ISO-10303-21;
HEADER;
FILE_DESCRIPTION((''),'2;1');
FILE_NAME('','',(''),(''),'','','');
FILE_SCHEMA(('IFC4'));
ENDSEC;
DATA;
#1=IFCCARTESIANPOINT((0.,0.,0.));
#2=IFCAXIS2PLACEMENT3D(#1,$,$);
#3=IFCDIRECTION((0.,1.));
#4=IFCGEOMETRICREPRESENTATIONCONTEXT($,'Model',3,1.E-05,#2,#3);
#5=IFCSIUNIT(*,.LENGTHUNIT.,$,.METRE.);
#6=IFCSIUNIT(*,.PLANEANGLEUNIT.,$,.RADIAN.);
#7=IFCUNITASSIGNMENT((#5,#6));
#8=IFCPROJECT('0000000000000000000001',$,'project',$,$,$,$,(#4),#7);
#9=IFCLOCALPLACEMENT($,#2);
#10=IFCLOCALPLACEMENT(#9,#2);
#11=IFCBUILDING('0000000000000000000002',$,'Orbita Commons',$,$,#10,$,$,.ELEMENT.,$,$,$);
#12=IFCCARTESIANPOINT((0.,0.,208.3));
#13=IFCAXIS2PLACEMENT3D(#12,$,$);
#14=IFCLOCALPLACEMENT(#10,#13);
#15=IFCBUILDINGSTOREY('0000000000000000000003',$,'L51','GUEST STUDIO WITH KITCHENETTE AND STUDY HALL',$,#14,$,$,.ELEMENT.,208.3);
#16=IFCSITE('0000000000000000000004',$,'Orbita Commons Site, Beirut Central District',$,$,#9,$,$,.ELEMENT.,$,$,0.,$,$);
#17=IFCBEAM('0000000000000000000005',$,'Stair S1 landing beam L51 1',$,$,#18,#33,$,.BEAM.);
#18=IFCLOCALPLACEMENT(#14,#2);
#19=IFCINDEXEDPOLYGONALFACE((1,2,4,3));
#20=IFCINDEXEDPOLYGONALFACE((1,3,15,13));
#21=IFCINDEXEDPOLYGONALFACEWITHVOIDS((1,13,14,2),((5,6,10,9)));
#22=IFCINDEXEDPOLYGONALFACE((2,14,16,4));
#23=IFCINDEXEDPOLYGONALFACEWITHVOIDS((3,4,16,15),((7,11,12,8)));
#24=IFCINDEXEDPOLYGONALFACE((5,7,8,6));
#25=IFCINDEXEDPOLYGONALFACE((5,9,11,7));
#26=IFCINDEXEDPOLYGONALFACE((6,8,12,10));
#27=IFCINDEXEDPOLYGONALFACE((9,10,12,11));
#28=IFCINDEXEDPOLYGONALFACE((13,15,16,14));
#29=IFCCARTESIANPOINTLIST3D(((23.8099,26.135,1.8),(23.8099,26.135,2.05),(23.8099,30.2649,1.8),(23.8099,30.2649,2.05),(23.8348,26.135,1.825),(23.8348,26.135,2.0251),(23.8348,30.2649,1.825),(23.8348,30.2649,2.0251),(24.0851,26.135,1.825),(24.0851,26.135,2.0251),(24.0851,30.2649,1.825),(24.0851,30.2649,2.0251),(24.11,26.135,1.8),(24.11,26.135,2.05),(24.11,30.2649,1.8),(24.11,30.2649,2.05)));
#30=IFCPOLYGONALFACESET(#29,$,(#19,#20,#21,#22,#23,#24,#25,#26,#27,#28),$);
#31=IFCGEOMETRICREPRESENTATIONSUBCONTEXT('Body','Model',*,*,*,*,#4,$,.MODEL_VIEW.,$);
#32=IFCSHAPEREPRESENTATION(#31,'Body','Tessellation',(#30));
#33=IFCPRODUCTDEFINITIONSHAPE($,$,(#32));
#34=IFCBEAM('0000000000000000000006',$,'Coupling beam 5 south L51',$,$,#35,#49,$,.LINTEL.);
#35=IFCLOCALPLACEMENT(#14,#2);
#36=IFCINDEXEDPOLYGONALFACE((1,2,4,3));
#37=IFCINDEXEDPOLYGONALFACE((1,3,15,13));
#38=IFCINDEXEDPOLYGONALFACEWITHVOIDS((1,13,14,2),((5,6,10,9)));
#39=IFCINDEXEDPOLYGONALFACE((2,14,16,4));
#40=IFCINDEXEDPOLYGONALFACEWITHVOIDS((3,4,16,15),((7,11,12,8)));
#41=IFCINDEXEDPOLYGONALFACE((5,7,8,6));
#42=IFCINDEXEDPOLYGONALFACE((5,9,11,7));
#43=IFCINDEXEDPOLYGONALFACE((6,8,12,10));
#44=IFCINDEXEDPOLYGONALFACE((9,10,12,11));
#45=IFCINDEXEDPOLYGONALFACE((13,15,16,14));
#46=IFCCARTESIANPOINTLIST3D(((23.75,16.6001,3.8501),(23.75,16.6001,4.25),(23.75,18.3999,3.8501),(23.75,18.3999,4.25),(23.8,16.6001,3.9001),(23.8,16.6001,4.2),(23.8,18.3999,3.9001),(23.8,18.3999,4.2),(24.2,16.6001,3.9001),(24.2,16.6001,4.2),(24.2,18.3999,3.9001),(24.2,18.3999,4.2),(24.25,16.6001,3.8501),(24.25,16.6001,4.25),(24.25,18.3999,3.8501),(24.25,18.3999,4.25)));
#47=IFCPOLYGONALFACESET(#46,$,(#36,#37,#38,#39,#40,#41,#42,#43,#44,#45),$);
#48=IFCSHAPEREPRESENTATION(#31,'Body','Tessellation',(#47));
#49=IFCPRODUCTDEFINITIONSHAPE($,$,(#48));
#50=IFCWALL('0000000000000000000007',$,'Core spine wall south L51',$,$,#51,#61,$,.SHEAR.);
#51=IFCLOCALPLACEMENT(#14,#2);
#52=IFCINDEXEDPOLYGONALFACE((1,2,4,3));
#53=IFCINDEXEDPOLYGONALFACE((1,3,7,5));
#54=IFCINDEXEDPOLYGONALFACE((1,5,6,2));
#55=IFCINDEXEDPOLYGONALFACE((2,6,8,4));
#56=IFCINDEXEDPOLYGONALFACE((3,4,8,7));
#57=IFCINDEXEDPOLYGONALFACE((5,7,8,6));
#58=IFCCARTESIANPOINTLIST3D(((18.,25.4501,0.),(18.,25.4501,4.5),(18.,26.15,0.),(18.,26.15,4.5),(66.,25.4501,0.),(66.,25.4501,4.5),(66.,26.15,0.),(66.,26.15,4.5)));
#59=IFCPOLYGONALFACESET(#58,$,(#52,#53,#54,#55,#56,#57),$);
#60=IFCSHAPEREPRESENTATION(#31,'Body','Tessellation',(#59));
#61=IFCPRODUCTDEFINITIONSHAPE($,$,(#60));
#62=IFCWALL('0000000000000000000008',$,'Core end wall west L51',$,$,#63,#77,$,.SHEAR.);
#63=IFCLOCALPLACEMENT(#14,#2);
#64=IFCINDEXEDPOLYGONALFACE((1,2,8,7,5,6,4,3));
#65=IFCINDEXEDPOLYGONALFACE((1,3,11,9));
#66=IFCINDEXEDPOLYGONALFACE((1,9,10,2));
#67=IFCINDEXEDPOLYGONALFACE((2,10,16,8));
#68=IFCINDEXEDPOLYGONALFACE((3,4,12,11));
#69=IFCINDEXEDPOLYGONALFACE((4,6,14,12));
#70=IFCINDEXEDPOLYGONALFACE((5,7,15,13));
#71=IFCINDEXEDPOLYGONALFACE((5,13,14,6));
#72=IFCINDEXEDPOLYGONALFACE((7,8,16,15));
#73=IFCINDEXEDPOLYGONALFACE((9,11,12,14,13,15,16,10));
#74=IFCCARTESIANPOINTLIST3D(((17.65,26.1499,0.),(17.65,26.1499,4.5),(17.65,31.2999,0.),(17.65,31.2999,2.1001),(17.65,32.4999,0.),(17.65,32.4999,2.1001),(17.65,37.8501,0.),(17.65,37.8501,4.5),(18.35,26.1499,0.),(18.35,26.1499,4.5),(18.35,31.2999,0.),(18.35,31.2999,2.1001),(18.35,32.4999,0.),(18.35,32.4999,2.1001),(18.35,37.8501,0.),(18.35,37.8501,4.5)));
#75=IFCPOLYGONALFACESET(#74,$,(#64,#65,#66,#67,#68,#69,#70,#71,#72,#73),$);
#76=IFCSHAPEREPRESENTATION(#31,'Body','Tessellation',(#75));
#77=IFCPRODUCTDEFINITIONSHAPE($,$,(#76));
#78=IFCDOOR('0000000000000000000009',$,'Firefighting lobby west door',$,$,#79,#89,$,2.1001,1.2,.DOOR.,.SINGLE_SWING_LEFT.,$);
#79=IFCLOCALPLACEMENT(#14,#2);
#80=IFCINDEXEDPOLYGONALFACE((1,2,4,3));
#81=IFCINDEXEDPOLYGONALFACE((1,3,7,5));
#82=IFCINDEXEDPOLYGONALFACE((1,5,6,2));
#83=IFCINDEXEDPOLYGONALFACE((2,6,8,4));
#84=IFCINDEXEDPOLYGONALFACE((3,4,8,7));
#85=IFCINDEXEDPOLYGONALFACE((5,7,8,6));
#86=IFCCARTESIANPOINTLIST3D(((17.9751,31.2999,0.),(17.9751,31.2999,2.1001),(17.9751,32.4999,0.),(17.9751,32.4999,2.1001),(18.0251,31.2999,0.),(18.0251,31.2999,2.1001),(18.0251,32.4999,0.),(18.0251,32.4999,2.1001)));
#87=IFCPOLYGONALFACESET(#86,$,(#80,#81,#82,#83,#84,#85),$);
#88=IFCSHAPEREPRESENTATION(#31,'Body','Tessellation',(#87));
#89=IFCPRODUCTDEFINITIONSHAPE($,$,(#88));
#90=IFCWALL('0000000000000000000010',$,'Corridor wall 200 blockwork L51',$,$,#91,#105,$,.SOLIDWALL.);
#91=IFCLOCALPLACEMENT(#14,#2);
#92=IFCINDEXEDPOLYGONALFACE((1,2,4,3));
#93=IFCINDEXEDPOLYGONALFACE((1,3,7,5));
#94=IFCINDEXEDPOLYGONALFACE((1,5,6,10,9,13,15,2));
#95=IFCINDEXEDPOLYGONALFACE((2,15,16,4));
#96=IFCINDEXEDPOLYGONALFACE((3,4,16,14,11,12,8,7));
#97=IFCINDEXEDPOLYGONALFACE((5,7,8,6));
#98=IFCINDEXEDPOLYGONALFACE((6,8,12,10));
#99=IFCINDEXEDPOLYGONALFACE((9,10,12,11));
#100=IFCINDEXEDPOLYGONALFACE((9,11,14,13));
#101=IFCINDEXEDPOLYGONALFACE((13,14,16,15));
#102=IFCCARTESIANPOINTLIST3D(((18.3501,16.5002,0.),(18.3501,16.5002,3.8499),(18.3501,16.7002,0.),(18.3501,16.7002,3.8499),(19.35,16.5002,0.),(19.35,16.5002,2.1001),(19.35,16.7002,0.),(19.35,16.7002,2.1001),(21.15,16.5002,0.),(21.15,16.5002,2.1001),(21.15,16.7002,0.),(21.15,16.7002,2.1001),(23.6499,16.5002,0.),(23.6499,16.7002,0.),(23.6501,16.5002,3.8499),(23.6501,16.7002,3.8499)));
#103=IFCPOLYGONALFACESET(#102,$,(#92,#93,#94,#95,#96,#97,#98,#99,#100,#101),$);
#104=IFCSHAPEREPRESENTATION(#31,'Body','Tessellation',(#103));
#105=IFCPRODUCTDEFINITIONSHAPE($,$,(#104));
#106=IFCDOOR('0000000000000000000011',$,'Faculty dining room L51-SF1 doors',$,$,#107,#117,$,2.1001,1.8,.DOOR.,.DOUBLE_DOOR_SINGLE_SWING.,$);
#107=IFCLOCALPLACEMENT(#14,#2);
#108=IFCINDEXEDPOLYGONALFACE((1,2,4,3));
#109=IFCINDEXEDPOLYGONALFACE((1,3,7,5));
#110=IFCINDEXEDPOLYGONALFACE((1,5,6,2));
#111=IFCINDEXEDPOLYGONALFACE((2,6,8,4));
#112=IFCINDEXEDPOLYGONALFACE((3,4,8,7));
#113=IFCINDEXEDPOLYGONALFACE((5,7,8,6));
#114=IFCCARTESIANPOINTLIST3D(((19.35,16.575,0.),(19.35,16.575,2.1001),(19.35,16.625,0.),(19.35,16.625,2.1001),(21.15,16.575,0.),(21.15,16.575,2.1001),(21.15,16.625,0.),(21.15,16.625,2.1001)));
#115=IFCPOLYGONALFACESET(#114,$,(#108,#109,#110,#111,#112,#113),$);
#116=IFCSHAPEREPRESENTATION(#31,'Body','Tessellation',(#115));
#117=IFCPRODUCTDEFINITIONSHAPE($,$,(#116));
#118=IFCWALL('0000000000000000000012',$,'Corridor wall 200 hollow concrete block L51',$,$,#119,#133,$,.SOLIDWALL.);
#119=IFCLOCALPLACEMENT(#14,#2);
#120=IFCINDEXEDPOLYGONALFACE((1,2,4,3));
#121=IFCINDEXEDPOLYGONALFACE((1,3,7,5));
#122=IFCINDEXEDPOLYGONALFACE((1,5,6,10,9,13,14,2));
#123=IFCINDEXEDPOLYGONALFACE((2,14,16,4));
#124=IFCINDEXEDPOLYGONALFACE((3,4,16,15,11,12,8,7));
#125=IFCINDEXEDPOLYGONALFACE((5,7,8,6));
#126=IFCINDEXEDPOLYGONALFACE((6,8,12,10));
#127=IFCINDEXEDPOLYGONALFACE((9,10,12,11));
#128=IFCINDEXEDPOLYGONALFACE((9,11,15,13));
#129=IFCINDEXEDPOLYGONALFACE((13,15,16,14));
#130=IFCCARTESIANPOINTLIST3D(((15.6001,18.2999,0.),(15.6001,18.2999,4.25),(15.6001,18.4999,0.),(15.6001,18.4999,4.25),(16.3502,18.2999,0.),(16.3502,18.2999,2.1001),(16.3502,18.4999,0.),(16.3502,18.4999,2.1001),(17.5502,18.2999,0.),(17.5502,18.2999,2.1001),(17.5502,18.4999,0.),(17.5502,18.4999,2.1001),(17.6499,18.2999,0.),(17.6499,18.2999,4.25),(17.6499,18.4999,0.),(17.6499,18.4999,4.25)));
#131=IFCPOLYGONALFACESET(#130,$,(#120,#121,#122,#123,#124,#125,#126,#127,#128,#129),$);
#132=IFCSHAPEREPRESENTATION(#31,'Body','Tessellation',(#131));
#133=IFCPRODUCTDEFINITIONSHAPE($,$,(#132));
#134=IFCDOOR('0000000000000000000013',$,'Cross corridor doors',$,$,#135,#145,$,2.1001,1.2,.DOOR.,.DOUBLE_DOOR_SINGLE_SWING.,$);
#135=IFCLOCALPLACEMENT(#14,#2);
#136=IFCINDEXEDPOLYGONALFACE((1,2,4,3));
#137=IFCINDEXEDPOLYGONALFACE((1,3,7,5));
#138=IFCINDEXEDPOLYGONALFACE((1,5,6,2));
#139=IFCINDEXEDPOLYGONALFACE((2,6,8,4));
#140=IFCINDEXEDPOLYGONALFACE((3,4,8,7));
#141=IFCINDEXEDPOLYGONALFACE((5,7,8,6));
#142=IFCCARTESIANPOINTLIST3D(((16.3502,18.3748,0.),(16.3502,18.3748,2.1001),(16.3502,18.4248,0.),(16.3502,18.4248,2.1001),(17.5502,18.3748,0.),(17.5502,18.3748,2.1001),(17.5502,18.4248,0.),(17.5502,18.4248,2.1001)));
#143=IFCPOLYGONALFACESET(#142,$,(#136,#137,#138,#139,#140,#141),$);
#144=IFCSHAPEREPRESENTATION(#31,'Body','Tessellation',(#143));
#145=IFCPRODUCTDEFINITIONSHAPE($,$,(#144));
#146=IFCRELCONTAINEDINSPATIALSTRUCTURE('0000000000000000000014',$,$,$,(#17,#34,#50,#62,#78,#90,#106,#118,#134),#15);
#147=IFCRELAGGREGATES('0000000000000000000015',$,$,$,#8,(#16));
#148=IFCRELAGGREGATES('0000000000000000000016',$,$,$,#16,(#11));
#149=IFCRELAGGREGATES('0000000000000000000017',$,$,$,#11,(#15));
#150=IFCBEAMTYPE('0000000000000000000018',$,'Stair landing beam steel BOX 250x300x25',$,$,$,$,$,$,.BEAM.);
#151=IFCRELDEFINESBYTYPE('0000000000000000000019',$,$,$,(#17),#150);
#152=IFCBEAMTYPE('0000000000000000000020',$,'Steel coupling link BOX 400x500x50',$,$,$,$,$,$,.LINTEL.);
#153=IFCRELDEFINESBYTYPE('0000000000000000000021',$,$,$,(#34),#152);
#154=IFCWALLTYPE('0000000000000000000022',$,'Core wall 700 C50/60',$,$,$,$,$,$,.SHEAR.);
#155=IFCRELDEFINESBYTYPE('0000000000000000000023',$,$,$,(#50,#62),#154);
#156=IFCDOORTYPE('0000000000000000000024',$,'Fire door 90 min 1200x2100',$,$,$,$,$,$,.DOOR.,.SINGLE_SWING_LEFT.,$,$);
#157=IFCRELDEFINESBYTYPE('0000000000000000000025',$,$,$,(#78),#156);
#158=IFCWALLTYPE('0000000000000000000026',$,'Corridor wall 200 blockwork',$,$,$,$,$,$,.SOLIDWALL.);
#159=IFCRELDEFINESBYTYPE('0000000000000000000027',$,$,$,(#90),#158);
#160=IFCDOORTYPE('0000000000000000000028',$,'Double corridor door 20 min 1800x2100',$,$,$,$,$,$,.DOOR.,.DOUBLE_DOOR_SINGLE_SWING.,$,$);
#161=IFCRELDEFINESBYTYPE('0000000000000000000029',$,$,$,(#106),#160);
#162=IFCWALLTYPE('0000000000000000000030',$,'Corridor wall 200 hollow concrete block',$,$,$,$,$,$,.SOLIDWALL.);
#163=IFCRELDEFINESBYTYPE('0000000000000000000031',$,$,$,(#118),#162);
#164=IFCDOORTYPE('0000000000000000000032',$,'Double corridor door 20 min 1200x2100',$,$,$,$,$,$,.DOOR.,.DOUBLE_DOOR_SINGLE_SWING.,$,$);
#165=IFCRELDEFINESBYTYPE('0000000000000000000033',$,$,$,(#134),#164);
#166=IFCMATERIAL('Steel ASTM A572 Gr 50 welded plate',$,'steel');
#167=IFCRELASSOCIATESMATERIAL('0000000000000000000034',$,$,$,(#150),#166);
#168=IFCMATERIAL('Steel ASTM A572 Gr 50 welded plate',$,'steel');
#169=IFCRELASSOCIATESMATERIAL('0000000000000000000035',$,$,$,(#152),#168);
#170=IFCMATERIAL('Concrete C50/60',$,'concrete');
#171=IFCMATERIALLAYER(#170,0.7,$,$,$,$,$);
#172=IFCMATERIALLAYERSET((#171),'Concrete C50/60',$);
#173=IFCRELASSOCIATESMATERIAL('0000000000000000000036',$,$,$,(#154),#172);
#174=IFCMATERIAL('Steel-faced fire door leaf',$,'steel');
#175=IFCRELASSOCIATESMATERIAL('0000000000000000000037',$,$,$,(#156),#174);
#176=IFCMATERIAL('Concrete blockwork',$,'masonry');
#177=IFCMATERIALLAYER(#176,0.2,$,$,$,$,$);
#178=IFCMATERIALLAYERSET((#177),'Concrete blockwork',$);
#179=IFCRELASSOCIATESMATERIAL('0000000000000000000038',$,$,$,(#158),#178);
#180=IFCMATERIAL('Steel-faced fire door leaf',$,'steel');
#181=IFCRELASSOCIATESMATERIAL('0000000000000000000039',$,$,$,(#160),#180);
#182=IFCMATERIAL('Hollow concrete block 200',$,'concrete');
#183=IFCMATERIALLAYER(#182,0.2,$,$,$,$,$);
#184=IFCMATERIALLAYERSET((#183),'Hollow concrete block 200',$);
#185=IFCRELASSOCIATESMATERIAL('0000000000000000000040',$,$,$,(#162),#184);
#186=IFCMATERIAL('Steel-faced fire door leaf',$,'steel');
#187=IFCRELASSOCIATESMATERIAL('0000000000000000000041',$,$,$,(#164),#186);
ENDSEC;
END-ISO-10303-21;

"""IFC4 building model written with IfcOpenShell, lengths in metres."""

from ifc_helpers import new_model, si_unit, direction, frame, frame_2d, origin, origin_2d, place, context, subcontext, project, spatial, polyline, rectangle, hollow_rectangle, outline, extrude, material, layer, layer_set, material_profile, profile_set, type_object, element, fill, save


model = new_model("IFC4")

# Units and contexts
model_context = context("Model", 3, precision=1e-05, world=origin(), true_north=direction((0.0, 1.0)))
body_context = subcontext(model_context, "Body", "Model", "MODEL_VIEW")
ifc_project = project(units=[si_unit("LENGTHUNIT", "METRE"), si_unit("PLANEANGLEUNIT", "RADIAN")], contexts=[model_context])

# Site, building, storey
site_placement = place(None, origin())
site = spatial("IfcSite", under=ifc_project, at=site_placement, Name="Orbita Commons Site, Beirut Central District", CompositionType="ELEMENT", RefElevation=0.0)
building_placement = place(site_placement, origin())
building = spatial("IfcBuilding", under=site, at=building_placement, Name="Orbita Commons", CompositionType="ELEMENT")
storey_placement = place(building_placement, frame((0.0, 0.0, 208.3)))
storey = spatial("IfcBuildingStorey", under=building, at=storey_placement, Name="L51", Description="GUEST STUDIO WITH KITCHENETTE AND STUDY HALL", CompositionType="ELEMENT", Elevation=208.3)

# Beams
ifc_material_1 = material(Name="Steel ASTM A572 Gr 50 welded plate", Category="steel")
ifc_material_profile_1 = material_profile(ifc_material_1, hollow_rectangle(XDim=0.3, YDim=0.25, WallThickness=0.0249, at=origin_2d()), Name="BOX 250x300x25")
ifc_profile_set_1 = profile_set([ifc_material_profile_1], Name="Steel ASTM A572 Gr 50 welded plate")
beam_type_1 = type_object("IfcBeamType", Name="Stair landing beam steel BOX 250x300x25", PredefinedType="BEAM", material=ifc_profile_set_1)
beam_1_placement = place(storey_placement, frame((23.96, 26.135, 1.925), z_axis=(0.0, 1.0, 0.0), x_axis=(-1.0, 0.0, 0.0)))
element("IfcBeam", 1, at=beam_1_placement, inside=storey, type_object=beam_type_1, Name="Stair S1 landing beam L51 1", PredefinedType="BEAM", context=body_context, shape_type="SweptSolid", body=[
    extrude(hollow_rectangle(XDim=0.3, YDim=0.25, WallThickness=0.0249, at=origin_2d()), origin(), (0.0, 0.0, 1.0), 4.1299),
])
ifc_material_2 = material(Name="Steel ASTM A572 Gr 50 welded plate", Category="steel")
ifc_material_profile_2 = material_profile(ifc_material_2, hollow_rectangle(XDim=0.5, YDim=0.3999, WallThickness=0.05, at=origin_2d()), Name="BOX 400x500x50")
ifc_profile_set_2 = profile_set([ifc_material_profile_2], Name="Steel ASTM A572 Gr 50 welded plate")
beam_type_2 = type_object("IfcBeamType", Name="Steel coupling link BOX 400x500x50", PredefinedType="LINTEL", material=ifc_profile_set_2)
beam_2_placement = place(storey_placement, frame((24.0, 16.6001, 4.05), z_axis=(0.0, 1.0, 0.0), x_axis=(-1.0, 0.0, 0.0)))
element("IfcBeam", 2, at=beam_2_placement, inside=storey, type_object=beam_type_2, Name="Coupling beam 5 south L51", PredefinedType="LINTEL", context=body_context, shape_type="SweptSolid", body=[
    extrude(hollow_rectangle(XDim=0.5, YDim=0.3999, WallThickness=0.05, at=origin_2d()), origin(), (0.0, 0.0, 1.0), 1.7998),
])

# Wall
ifc_material_3 = material(Name="Concrete C50/60", Category="concrete")
ifc_layer_1 = layer(ifc_material_3, 0.7)
ifc_layer_set_1 = layer_set([ifc_layer_1], Name="Concrete C50/60")
wall_type_1 = type_object("IfcWallType", Name="Core wall 700 C50/60", PredefinedType="SHEAR", material=ifc_layer_set_1)
wall_1_placement = place(storey_placement, frame((18.0, 25.8, 0.0), z_axis=(0.0, 0.0, 1.0), x_axis=(1.0, 0.0, 0.0)))
element("IfcWall", 3, at=wall_1_placement, inside=storey, type_object=wall_type_1, Name="Core spine wall south L51", PredefinedType="SHEAR", context=body_context, shape_type="SweptSolid", body=[
    extrude(rectangle(XDim=48.0, YDim=0.7, at=frame_2d((24.0, 0.0))), origin(), (0.0, 0.0, 1.0), 4.5),
])

# Walls, openings, doors
wall_2_placement = place(storey_placement, frame((18.0, 26.1499, 0.0), z_axis=(0.0, 0.0, 1.0), x_axis=(0.0, 1.0, 0.0)))
wall_2 = element("IfcWall", 4, at=wall_2_placement, inside=storey, type_object=wall_type_1, Name="Core end wall west L51", PredefinedType="SHEAR", context=body_context, shape_type="SweptSolid", body=[
    extrude(rectangle(XDim=11.7002, YDim=0.7, at=frame_2d((5.8501, 0.0))), origin(), (0.0, 0.0, 1.0), 4.5),
])
opening_1_placement = place(wall_2_placement, frame((5.1499, 0.0, 0.0)))
opening_1 = element("IfcOpeningElement", 5, at=opening_1_placement, cuts=wall_2, PredefinedType="OPENING", context=body_context, shape_type="SweptSolid", body=[
    extrude(rectangle(XDim=1.2, YDim=2.1001, at=frame_2d((0.6001, 1.05))), frame((0.0, 0.3599, 0.0), z_axis=(0.0, -1.0, 0.0), x_axis=(1.0, 0.0, 0.0)), (0.0, 0.0, 1.0), 0.72),
])
ifc_material_4 = material(Name="Steel-faced fire door leaf", Category="steel")
door_type_1 = type_object("IfcDoorType", Name="Fire door 90 min 1200x2100", OperationType="SINGLE_SWING_LEFT", PredefinedType="DOOR", material=ifc_material_4)
door_1_placement = place(opening_1_placement, origin())
door_1 = element("IfcDoor", 6, at=door_1_placement, inside=storey, type_object=door_type_1, Name="Firefighting lobby west door", OperationType="SINGLE_SWING_LEFT", OverallHeight=2.1001, OverallWidth=1.2, PredefinedType="DOOR", context=body_context, shape_type="SweptSolid", body=[
    extrude(rectangle(XDim=1.2, YDim=2.1001, at=frame_2d((0.6001, 1.05))), frame((0.0, 0.0249, 0.0), z_axis=(0.0, -1.0, 0.0), x_axis=(1.0, 0.0, 0.0)), (0.0, 0.0, 1.0), 0.05),
])
fill(opening_1, door_1)
ifc_material_5 = material(Name="Concrete blockwork", Category="masonry")
ifc_layer_2 = layer(ifc_material_5, 0.2)
ifc_layer_set_2 = layer_set([ifc_layer_2], Name="Concrete blockwork")
wall_type_2 = type_object("IfcWallType", Name="Corridor wall 200 blockwork", PredefinedType="SOLIDWALL", material=ifc_layer_set_2)
wall_3_placement = place(storey_placement, frame((18.3501, 16.6001, 0.0), z_axis=(0.0, 0.0, 1.0), x_axis=(1.0, 0.0, 0.0)))
wall_3 = element("IfcWall", 7, at=wall_3_placement, inside=storey, type_object=wall_type_2, Name="Corridor wall 200 blockwork L51", PredefinedType="SOLIDWALL", context=body_context, shape_type="SweptSolid", body=[
    extrude(outline(polyline([(0.0, 0.0), (5.2998, 0.0), (5.3, 3.8499), (0.0, 3.8499), (0.0, 0.0)])), frame((0.0, 0.1001, 0.0), z_axis=(0.0, -1.0, 0.0), x_axis=(1.0, 0.0, 0.0)), (0.0, 0.0, 1.0), 0.2),
])
opening_2_placement = place(wall_3_placement, frame((1.0, 0.0, 0.0)))
opening_2 = element("IfcOpeningElement", 8, at=opening_2_placement, cuts=wall_3, PredefinedType="OPENING", context=body_context, shape_type="SweptSolid", body=[
    extrude(rectangle(XDim=1.8, YDim=2.1001, at=frame_2d((0.8999, 1.05))), frame((0.0, 0.1099, 0.0), z_axis=(0.0, -1.0, 0.0), x_axis=(1.0, 0.0, 0.0)), (0.0, 0.0, 1.0), 0.22),
])
ifc_material_6 = material(Name="Steel-faced fire door leaf", Category="steel")
door_type_2 = type_object("IfcDoorType", Name="Double corridor door 20 min 1800x2100", OperationType="DOUBLE_DOOR_SINGLE_SWING", PredefinedType="DOOR", material=ifc_material_6)
door_2_placement = place(opening_2_placement, origin())
door_2 = element("IfcDoor", 9, at=door_2_placement, inside=storey, type_object=door_type_2, Name="Faculty dining room L51-SF1 doors", OperationType="DOUBLE_DOOR_SINGLE_SWING", OverallHeight=2.1001, OverallWidth=1.8, PredefinedType="DOOR", context=body_context, shape_type="SweptSolid", body=[
    extrude(rectangle(XDim=1.8, YDim=2.1001, at=frame_2d((0.8999, 1.05))), frame((0.0, 0.0249, 0.0), z_axis=(0.0, -1.0, 0.0), x_axis=(1.0, 0.0, 0.0)), (0.0, 0.0, 1.0), 0.05),
])
fill(opening_2, door_2)
ifc_material_7 = material(Name="Hollow concrete block 200", Category="concrete")
ifc_layer_3 = layer(ifc_material_7, 0.2)
ifc_layer_set_3 = layer_set([ifc_layer_3], Name="Hollow concrete block 200")
wall_type_3 = type_object("IfcWallType", Name="Corridor wall 200 hollow concrete block", PredefinedType="SOLIDWALL", material=ifc_layer_set_3)
wall_4_placement = place(storey_placement, frame((15.6001, 18.3999, 0.0), z_axis=(0.0, 0.0, 1.0), x_axis=(1.0, 0.0, 0.0)))
wall_4 = element("IfcWall", 10, at=wall_4_placement, inside=storey, type_object=wall_type_3, Name="Corridor wall 200 hollow concrete block L51", PredefinedType="SOLIDWALL", context=body_context, shape_type="SweptSolid", body=[
    extrude(rectangle(XDim=2.0498, YDim=0.2, at=frame_2d((1.0249, 0.0))), origin(), (0.0, 0.0, 1.0), 4.25),
])
opening_3_placement = place(wall_4_placement, frame((0.75, 0.0, 0.0)))
opening_3 = element("IfcOpeningElement", 11, at=opening_3_placement, cuts=wall_4, PredefinedType="OPENING", context=body_context, shape_type="SweptSolid", body=[
    extrude(rectangle(XDim=1.2, YDim=2.1001, at=frame_2d((0.6001, 1.05))), frame((0.0, 0.1099, 0.0), z_axis=(0.0, -1.0, 0.0), x_axis=(1.0, 0.0, 0.0)), (0.0, 0.0, 1.0), 0.22),
])
ifc_material_8 = material(Name="Steel-faced fire door leaf", Category="steel")
door_type_3 = type_object("IfcDoorType", Name="Double corridor door 20 min 1200x2100", OperationType="DOUBLE_DOOR_SINGLE_SWING", PredefinedType="DOOR", material=ifc_material_8)
door_3_placement = place(opening_3_placement, origin())
door_3 = element("IfcDoor", 12, at=door_3_placement, inside=storey, type_object=door_type_3, Name="Cross corridor doors", OperationType="DOUBLE_DOOR_SINGLE_SWING", OverallHeight=2.1001, OverallWidth=1.2, PredefinedType="DOOR", context=body_context, shape_type="SweptSolid", body=[
    extrude(rectangle(XDim=1.2, YDim=2.1001, at=frame_2d((0.6001, 1.05))), frame((0.0, 0.0249, 0.0), z_axis=(0.0, -1.0, 0.0), x_axis=(1.0, 0.0, 0.0)), (0.0, 0.0, 1.0), 0.05),
])
fill(opening_3, door_3)

save(model, "model.ifc")
